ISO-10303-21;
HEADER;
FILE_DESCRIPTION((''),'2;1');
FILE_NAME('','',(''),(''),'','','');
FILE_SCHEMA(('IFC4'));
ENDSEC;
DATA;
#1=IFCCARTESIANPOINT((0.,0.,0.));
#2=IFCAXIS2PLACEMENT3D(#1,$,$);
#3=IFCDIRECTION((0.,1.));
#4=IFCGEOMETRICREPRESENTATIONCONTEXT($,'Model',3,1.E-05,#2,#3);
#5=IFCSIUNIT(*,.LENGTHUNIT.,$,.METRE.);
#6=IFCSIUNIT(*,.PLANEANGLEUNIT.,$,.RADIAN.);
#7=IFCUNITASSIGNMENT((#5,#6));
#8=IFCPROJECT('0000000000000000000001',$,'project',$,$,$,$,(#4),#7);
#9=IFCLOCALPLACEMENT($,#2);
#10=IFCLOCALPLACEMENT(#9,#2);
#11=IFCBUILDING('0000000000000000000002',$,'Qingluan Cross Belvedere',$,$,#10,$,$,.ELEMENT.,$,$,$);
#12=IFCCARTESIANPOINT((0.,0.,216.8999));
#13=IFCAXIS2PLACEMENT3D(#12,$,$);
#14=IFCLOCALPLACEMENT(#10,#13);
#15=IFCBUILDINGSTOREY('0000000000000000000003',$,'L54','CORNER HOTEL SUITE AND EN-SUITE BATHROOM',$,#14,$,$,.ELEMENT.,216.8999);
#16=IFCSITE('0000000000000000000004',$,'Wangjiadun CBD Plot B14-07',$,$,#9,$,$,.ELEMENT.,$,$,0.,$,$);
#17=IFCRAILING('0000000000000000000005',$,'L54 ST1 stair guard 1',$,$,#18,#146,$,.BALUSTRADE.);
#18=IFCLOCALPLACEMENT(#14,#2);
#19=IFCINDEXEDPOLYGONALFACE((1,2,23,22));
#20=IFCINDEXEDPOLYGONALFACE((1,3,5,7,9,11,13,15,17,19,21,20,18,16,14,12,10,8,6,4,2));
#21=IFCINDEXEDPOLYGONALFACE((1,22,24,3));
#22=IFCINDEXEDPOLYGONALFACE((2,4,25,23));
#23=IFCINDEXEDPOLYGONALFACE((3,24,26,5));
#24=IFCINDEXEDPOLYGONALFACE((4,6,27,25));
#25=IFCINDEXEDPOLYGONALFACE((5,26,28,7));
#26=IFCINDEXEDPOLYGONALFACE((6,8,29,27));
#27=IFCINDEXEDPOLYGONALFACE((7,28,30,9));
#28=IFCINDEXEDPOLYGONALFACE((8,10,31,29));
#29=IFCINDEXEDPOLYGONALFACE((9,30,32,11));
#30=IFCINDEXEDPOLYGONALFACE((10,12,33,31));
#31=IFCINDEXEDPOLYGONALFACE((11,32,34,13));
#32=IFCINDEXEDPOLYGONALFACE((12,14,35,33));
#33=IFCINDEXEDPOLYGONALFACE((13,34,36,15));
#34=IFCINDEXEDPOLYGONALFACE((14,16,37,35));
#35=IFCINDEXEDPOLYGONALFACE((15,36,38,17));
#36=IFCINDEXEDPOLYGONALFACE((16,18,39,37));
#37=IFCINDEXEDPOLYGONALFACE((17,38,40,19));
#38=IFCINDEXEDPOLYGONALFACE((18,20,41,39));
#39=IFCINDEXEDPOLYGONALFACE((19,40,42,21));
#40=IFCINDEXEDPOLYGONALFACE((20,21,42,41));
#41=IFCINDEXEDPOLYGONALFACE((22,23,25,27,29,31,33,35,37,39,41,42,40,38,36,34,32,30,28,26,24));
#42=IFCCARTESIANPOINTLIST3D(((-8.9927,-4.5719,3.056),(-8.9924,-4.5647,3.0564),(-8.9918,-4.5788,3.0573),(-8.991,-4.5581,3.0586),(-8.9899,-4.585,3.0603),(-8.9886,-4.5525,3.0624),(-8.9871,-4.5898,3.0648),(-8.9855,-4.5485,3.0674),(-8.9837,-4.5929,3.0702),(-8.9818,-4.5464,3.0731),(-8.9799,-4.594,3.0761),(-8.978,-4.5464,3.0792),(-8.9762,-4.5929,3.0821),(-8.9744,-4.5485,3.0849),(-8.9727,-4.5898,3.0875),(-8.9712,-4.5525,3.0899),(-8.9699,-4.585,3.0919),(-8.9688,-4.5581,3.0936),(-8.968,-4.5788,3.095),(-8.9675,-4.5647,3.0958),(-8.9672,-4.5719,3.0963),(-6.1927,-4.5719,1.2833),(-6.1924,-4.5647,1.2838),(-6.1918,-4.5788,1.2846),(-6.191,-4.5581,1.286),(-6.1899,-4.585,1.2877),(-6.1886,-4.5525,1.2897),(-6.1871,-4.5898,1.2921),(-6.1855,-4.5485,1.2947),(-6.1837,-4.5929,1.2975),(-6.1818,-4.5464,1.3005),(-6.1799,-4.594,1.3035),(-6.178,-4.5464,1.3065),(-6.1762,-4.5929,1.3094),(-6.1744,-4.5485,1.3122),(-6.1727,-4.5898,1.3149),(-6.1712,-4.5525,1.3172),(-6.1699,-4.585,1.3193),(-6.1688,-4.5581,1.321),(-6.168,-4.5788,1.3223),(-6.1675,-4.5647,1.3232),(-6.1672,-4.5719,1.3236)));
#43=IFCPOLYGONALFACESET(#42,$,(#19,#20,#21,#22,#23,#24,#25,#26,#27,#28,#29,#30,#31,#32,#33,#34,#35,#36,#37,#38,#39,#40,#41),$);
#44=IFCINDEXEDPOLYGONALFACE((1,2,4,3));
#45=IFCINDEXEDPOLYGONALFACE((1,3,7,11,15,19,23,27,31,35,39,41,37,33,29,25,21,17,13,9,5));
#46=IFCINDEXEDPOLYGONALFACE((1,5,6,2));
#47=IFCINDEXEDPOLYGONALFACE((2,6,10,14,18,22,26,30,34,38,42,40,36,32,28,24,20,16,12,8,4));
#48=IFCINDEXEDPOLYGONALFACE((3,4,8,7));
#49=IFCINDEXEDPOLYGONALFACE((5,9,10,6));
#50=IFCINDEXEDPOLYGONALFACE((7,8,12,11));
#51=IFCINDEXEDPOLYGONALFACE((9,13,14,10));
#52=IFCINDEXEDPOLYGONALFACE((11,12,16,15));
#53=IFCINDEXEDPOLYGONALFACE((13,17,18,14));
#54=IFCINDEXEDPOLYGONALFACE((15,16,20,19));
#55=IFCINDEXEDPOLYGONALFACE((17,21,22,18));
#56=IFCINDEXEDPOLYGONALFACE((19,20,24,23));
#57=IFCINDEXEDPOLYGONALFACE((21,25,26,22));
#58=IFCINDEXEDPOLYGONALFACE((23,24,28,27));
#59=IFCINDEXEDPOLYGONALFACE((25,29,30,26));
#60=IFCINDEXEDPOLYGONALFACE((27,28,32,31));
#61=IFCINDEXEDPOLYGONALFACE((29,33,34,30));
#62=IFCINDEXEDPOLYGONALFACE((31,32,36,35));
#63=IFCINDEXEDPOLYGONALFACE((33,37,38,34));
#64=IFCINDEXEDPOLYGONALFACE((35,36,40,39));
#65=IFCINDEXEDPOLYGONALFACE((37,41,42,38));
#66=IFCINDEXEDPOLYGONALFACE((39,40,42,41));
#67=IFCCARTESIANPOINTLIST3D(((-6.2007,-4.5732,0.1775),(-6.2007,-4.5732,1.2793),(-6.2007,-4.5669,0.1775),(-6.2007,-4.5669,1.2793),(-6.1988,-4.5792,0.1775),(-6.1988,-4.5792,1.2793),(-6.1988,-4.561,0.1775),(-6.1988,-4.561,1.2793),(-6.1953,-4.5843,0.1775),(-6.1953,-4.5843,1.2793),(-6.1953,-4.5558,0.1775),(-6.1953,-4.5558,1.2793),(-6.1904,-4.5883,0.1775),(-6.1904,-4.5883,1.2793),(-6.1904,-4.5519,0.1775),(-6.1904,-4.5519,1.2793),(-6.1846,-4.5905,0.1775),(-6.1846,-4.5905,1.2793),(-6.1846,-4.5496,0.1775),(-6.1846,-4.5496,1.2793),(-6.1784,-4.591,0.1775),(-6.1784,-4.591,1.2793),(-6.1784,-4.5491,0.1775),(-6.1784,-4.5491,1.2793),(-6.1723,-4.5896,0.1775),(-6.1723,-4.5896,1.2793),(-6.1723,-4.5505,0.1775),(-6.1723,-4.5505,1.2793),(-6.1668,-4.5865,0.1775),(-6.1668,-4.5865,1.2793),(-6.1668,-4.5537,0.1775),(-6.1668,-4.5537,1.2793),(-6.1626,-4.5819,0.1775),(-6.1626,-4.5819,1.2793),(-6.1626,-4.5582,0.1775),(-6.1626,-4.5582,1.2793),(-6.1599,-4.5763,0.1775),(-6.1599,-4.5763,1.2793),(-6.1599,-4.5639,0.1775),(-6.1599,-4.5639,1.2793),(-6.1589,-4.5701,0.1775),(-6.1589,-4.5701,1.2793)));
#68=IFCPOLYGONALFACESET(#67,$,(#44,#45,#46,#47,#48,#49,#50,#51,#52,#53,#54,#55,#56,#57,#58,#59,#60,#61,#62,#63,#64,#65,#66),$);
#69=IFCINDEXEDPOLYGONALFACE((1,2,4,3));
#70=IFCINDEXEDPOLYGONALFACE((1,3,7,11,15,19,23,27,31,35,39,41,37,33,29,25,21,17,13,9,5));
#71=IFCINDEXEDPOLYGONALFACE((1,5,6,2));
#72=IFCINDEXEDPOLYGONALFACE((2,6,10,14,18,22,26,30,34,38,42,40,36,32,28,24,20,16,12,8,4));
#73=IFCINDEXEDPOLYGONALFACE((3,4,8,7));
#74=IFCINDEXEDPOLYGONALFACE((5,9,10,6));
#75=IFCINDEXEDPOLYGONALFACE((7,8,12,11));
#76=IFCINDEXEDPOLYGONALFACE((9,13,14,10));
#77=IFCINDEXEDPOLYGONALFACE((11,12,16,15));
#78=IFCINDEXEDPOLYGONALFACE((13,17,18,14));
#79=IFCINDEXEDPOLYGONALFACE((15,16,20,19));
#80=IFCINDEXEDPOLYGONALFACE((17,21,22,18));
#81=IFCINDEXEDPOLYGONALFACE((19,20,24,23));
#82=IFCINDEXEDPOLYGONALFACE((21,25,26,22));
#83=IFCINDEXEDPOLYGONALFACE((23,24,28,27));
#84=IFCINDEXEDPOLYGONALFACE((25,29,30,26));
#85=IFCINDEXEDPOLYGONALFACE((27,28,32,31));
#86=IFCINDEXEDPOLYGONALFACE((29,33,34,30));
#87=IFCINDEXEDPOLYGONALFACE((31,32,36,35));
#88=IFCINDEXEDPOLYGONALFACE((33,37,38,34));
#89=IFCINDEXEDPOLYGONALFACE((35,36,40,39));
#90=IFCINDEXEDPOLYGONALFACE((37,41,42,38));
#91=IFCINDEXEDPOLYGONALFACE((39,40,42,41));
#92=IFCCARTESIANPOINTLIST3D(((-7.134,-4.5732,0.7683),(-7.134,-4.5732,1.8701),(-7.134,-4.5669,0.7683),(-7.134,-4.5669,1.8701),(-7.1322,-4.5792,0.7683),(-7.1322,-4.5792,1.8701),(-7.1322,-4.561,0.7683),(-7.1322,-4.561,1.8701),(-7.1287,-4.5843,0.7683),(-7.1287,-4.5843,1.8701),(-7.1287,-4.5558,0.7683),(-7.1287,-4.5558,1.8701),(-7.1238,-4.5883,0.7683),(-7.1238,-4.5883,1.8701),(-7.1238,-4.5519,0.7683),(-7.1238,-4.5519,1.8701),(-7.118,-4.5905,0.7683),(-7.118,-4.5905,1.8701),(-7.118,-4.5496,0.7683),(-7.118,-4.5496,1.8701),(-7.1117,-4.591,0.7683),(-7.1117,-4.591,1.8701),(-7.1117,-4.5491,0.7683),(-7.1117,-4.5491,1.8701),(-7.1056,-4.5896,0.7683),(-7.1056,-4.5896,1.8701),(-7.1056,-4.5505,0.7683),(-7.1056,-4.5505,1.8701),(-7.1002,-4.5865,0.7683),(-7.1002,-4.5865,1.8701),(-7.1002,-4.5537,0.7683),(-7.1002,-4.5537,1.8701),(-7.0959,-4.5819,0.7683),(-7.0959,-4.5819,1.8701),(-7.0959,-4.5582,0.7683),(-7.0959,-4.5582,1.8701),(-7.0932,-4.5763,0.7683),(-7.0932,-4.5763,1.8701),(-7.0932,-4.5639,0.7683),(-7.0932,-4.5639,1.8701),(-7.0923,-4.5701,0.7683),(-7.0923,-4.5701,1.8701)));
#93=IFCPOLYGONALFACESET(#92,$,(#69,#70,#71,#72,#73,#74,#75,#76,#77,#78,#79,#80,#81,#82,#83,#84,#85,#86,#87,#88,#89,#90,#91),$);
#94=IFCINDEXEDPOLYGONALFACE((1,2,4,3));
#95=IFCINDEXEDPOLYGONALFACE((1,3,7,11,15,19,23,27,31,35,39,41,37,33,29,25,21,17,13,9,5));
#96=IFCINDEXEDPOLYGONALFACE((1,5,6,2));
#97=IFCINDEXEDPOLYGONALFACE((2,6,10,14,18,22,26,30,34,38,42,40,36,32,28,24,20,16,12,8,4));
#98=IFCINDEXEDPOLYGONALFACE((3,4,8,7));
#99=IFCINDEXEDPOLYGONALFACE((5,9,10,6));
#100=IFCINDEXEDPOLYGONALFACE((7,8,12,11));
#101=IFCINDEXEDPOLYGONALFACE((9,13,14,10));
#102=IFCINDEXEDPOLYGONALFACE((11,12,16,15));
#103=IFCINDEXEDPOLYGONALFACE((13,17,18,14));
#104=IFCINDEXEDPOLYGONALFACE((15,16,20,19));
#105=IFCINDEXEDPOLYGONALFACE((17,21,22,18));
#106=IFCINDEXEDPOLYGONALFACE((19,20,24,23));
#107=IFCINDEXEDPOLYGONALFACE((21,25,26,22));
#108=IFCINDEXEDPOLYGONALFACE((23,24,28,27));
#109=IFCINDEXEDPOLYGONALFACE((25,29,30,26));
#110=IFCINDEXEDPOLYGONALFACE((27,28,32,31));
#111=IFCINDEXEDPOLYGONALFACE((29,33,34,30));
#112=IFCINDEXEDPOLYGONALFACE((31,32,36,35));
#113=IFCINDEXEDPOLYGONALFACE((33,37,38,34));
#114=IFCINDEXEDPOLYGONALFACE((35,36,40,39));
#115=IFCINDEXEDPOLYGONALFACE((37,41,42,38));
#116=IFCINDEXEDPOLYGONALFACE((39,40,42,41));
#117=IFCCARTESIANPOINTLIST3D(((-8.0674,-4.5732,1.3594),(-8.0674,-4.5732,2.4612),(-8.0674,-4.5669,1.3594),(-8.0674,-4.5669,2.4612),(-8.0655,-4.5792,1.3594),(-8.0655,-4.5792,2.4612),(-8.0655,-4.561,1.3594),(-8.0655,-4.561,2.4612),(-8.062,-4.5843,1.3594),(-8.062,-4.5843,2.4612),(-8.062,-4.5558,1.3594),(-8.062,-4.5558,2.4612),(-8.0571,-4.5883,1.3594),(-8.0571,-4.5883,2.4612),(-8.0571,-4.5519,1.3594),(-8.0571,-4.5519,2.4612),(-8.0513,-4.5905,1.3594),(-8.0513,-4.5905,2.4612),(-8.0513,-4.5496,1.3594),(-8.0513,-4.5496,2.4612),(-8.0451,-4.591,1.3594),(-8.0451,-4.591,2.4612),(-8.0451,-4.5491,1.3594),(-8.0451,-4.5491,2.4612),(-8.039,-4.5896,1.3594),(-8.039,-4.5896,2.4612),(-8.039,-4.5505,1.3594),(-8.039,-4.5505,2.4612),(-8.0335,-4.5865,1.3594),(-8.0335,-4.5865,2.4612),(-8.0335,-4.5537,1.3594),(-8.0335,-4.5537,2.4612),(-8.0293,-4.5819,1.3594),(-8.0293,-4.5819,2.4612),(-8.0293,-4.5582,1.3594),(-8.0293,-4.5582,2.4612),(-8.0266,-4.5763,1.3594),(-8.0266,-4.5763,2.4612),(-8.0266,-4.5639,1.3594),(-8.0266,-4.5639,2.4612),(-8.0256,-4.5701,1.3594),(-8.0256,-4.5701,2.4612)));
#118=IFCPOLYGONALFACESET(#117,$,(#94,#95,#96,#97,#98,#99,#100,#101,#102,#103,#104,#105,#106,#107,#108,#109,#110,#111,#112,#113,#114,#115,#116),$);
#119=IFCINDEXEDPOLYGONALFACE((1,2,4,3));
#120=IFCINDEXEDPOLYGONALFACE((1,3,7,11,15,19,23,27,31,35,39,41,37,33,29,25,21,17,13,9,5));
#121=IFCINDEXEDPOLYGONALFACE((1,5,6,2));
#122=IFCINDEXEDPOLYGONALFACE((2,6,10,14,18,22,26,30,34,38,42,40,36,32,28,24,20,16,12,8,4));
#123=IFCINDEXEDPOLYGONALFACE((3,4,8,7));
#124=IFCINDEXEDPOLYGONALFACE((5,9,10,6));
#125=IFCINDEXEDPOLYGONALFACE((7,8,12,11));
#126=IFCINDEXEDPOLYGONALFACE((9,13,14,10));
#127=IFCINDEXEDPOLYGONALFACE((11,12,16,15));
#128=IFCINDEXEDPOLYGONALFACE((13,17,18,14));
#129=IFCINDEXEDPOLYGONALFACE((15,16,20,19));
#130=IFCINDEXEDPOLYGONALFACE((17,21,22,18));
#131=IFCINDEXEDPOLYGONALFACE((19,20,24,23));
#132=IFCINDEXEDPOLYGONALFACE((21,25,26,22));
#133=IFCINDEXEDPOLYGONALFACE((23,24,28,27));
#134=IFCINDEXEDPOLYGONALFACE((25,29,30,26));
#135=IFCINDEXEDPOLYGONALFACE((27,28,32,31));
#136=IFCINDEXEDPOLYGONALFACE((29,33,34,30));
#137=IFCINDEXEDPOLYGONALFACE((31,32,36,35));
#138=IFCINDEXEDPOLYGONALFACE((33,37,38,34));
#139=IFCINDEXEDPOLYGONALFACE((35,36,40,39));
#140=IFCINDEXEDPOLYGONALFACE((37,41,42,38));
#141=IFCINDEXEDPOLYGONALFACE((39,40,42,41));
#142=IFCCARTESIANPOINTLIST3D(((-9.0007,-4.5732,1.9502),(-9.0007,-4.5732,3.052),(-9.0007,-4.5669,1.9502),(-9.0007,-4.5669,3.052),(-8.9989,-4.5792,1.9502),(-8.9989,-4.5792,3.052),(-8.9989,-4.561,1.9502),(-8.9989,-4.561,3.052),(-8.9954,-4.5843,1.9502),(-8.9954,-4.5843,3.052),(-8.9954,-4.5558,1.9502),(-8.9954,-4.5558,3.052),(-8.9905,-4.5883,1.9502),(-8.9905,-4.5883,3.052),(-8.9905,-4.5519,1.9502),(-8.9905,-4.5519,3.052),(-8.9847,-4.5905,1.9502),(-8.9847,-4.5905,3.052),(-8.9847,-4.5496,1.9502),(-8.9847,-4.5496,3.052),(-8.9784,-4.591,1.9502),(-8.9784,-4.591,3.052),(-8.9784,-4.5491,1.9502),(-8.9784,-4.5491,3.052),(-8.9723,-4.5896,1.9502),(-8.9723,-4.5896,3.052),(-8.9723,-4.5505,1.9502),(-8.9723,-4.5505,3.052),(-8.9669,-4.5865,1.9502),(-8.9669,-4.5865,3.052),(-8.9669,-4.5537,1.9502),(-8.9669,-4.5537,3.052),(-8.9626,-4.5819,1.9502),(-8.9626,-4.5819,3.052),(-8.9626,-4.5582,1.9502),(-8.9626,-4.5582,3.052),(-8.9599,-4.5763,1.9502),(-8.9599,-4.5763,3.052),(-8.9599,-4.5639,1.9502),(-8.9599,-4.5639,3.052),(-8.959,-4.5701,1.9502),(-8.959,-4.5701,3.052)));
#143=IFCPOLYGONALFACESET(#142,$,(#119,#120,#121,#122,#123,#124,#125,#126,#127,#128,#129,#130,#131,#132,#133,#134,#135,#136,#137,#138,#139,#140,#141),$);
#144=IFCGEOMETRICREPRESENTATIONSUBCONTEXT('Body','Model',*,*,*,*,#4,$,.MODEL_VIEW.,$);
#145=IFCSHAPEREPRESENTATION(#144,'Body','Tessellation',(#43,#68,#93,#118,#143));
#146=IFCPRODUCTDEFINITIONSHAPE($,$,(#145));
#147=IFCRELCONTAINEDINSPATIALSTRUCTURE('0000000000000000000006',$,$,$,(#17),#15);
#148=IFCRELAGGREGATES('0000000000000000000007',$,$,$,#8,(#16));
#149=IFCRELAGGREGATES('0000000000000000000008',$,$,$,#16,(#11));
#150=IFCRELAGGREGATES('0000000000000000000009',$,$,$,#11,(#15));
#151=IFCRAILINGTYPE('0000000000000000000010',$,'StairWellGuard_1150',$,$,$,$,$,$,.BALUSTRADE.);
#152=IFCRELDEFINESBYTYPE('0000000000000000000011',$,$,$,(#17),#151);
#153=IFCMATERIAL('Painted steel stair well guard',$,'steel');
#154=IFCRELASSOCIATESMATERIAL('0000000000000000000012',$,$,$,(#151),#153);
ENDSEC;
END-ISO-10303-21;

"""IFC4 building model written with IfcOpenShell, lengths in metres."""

from ifc_helpers import new_model, si_unit, direction, frame, origin, origin_2d, place, context, subcontext, project, spatial, circle, extrude, material, type_object, element, save


model = new_model("IFC4")

# Units and contexts
model_context = context("Model", 3, precision=1e-05, world=origin(), true_north=direction((0.0, 1.0)))
body_context = subcontext(model_context, "Body", "Model", "MODEL_VIEW")
ifc_project = project(units=[si_unit("LENGTHUNIT", "METRE"), si_unit("PLANEANGLEUNIT", "RADIAN")], contexts=[model_context])

# Site, building, storey
site_placement = place(None, origin())
site = spatial("IfcSite", under=ifc_project, at=site_placement, Name="Wangjiadun CBD Plot B14-07", CompositionType="ELEMENT", RefElevation=0.0)
building_placement = place(site_placement, origin())
building = spatial("IfcBuilding", under=site, at=building_placement, Name="Qingluan Cross Belvedere", CompositionType="ELEMENT")
storey_placement = place(building_placement, frame((0.0, 0.0, 216.8999)))
storey = spatial("IfcBuildingStorey", under=building, at=storey_placement, Name="L54", Description="CORNER HOTEL SUITE AND EN-SUITE BATHROOM", CompositionType="ELEMENT", Elevation=216.8999)

# Railing
ifc_material_1 = material(Name="Painted steel stair well guard", Category="steel")
railing_type_1 = type_object("IfcRailingType", Name="StairWellGuard_1150", PredefinedType="BALUSTRADE", material=ifc_material_1)
railing_1_placement = place(storey_placement, frame((-6.1799, -4.5701, 0.1775)))
element("IfcRailing", 1, at=railing_1_placement, inside=storey, type_object=railing_type_1, Name="L54 ST1 stair guard 1", PredefinedType="BALUSTRADE", context=body_context, shape_type="SweptSolid", body=[
    extrude(circle(Radius=0.0239, at=origin_2d()), frame((0.0, 0.0, 1.126), z_axis=(-0.844909, 0.0, 0.53491), x_axis=(0.0, -1.0, 0.0)), (0.0, 0.0, 1.0), 3.314),
    extrude(circle(Radius=0.021, at=origin_2d()), origin(), (0.0, 0.0, 1.0), 1.1018),
    extrude(circle(Radius=0.021, at=origin_2d()), frame((-0.9333, 0.0, 0.5908)), (0.0, 0.0, 1.0), 1.1018),
    extrude(circle(Radius=0.021, at=origin_2d()), frame((-1.8667, 0.0, 1.1819)), (0.0, 0.0, 1.0), 1.1018),
    extrude(circle(Radius=0.021, at=origin_2d()), frame((-2.8, 0.0, 1.7727)), (0.0, 0.0, 1.0), 1.1018),
])

save(model, "model.ifc")
